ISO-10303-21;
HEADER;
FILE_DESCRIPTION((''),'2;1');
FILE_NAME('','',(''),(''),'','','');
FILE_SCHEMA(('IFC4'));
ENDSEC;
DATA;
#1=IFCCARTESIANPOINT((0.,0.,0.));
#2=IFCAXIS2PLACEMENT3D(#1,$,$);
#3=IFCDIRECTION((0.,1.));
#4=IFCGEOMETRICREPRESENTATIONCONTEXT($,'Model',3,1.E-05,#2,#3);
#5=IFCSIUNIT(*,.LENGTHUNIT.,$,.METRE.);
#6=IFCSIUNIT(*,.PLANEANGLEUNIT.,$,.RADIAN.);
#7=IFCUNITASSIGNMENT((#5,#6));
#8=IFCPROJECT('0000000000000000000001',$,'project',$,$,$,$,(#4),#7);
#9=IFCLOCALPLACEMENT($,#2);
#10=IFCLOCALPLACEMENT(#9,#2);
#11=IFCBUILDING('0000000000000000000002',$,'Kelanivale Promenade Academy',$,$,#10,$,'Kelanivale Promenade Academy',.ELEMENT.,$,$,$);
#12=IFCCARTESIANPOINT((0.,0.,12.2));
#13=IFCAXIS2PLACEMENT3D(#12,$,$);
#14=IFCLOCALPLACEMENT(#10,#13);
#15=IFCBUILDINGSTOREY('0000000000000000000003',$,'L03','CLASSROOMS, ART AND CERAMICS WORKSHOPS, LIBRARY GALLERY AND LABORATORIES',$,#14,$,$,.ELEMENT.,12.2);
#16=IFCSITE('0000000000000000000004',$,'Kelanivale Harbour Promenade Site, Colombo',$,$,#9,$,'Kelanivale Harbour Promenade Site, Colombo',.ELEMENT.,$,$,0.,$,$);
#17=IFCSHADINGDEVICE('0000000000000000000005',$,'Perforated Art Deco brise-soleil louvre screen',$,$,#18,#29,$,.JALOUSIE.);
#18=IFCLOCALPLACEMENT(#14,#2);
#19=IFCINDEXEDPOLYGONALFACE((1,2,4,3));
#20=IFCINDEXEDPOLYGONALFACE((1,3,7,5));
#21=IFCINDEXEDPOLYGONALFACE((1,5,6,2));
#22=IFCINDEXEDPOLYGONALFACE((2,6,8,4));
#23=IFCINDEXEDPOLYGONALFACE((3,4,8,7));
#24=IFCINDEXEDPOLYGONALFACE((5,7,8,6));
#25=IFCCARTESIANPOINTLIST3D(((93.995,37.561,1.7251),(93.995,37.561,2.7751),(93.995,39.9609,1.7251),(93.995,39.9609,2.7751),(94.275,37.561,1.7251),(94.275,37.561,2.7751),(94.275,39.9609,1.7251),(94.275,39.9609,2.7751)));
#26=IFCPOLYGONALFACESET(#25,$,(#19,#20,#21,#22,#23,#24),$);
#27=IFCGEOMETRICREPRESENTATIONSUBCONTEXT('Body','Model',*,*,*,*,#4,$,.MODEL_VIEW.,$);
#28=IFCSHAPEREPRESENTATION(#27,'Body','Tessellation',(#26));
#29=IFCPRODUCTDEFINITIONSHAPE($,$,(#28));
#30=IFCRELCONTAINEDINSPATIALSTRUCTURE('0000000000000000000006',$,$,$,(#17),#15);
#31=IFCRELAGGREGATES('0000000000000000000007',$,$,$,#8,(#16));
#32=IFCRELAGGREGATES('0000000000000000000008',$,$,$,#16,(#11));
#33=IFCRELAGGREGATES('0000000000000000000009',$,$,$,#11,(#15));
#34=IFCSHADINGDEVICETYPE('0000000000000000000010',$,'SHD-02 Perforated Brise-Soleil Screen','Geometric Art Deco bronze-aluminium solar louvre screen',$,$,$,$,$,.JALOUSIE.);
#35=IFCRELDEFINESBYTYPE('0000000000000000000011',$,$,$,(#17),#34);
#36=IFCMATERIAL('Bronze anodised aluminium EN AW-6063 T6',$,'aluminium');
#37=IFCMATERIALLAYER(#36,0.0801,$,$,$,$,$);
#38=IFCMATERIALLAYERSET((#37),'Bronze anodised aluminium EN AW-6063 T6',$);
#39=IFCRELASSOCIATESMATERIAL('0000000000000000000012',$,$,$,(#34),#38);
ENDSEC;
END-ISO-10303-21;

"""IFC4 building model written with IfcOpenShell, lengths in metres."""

from ifc_helpers import new_model, si_unit, direction, frame, origin, origin_2d, place, context, subcontext, project, spatial, rectangle, extrude, material, layer, layer_set, type_object, element, save


model = new_model("IFC4")

# Units and contexts
model_context = context("Model", 3, precision=1e-05, world=origin(), true_north=direction((0.0, 1.0)))
body_context = subcontext(model_context, "Body", "Model", "MODEL_VIEW")
ifc_project = project(units=[si_unit("LENGTHUNIT", "METRE"), si_unit("PLANEANGLEUNIT", "RADIAN")], contexts=[model_context])

# Site, building, storey
site_placement = place(None, origin())
site = spatial("IfcSite", under=ifc_project, at=site_placement, Name="Kelanivale Harbour Promenade Site, Colombo", LongName="Kelanivale Harbour Promenade Site, Colombo", CompositionType="ELEMENT", RefElevation=0.0)
building_placement = place(site_placement, origin())
building = spatial("IfcBuilding", under=site, at=building_placement, Name="Kelanivale Promenade Academy", LongName="Kelanivale Promenade Academy", CompositionType="ELEMENT")
storey_placement = place(building_placement, frame((0.0, 0.0, 12.2)))
storey = spatial("IfcBuildingStorey", under=building, at=storey_placement, Name="L03", Description="CLASSROOMS, ART AND CERAMICS WORKSHOPS, LIBRARY GALLERY AND LABORATORIES", CompositionType="ELEMENT", Elevation=12.2)

# Shading device
ifc_material_1 = material(Name="Bronze anodised aluminium EN AW-6063 T6", Category="aluminium")
ifc_layer_1 = layer(ifc_material_1, 0.0801)
ifc_layer_set_1 = layer_set([ifc_layer_1], Name="Bronze anodised aluminium EN AW-6063 T6")
shading_device_type_1 = type_object("IfcShadingDeviceType", Name="SHD-02 Perforated Brise-Soleil Screen", Description="Geometric Art Deco bronze-aluminium solar louvre screen", PredefinedType="JALOUSIE", material=ifc_layer_set_1)
shading_device_1_placement = place(storey_placement, frame((94.135, 38.761, 1.7251), z_axis=(0.0, 0.0, 1.0), x_axis=(0.0, 1.0, 0.0)))
element("IfcShadingDevice", 1, at=shading_device_1_placement, inside=storey, type_object=shading_device_type_1, Name="Perforated Art Deco brise-soleil louvre screen", PredefinedType="JALOUSIE", context=body_context, shape_type="SweptSolid", body=[
    extrude(rectangle(XDim=2.3999, YDim=0.28, at=origin_2d()), origin(), (0.0, 0.0, 1.0), 1.05),
])

save(model, "model.ifc")
